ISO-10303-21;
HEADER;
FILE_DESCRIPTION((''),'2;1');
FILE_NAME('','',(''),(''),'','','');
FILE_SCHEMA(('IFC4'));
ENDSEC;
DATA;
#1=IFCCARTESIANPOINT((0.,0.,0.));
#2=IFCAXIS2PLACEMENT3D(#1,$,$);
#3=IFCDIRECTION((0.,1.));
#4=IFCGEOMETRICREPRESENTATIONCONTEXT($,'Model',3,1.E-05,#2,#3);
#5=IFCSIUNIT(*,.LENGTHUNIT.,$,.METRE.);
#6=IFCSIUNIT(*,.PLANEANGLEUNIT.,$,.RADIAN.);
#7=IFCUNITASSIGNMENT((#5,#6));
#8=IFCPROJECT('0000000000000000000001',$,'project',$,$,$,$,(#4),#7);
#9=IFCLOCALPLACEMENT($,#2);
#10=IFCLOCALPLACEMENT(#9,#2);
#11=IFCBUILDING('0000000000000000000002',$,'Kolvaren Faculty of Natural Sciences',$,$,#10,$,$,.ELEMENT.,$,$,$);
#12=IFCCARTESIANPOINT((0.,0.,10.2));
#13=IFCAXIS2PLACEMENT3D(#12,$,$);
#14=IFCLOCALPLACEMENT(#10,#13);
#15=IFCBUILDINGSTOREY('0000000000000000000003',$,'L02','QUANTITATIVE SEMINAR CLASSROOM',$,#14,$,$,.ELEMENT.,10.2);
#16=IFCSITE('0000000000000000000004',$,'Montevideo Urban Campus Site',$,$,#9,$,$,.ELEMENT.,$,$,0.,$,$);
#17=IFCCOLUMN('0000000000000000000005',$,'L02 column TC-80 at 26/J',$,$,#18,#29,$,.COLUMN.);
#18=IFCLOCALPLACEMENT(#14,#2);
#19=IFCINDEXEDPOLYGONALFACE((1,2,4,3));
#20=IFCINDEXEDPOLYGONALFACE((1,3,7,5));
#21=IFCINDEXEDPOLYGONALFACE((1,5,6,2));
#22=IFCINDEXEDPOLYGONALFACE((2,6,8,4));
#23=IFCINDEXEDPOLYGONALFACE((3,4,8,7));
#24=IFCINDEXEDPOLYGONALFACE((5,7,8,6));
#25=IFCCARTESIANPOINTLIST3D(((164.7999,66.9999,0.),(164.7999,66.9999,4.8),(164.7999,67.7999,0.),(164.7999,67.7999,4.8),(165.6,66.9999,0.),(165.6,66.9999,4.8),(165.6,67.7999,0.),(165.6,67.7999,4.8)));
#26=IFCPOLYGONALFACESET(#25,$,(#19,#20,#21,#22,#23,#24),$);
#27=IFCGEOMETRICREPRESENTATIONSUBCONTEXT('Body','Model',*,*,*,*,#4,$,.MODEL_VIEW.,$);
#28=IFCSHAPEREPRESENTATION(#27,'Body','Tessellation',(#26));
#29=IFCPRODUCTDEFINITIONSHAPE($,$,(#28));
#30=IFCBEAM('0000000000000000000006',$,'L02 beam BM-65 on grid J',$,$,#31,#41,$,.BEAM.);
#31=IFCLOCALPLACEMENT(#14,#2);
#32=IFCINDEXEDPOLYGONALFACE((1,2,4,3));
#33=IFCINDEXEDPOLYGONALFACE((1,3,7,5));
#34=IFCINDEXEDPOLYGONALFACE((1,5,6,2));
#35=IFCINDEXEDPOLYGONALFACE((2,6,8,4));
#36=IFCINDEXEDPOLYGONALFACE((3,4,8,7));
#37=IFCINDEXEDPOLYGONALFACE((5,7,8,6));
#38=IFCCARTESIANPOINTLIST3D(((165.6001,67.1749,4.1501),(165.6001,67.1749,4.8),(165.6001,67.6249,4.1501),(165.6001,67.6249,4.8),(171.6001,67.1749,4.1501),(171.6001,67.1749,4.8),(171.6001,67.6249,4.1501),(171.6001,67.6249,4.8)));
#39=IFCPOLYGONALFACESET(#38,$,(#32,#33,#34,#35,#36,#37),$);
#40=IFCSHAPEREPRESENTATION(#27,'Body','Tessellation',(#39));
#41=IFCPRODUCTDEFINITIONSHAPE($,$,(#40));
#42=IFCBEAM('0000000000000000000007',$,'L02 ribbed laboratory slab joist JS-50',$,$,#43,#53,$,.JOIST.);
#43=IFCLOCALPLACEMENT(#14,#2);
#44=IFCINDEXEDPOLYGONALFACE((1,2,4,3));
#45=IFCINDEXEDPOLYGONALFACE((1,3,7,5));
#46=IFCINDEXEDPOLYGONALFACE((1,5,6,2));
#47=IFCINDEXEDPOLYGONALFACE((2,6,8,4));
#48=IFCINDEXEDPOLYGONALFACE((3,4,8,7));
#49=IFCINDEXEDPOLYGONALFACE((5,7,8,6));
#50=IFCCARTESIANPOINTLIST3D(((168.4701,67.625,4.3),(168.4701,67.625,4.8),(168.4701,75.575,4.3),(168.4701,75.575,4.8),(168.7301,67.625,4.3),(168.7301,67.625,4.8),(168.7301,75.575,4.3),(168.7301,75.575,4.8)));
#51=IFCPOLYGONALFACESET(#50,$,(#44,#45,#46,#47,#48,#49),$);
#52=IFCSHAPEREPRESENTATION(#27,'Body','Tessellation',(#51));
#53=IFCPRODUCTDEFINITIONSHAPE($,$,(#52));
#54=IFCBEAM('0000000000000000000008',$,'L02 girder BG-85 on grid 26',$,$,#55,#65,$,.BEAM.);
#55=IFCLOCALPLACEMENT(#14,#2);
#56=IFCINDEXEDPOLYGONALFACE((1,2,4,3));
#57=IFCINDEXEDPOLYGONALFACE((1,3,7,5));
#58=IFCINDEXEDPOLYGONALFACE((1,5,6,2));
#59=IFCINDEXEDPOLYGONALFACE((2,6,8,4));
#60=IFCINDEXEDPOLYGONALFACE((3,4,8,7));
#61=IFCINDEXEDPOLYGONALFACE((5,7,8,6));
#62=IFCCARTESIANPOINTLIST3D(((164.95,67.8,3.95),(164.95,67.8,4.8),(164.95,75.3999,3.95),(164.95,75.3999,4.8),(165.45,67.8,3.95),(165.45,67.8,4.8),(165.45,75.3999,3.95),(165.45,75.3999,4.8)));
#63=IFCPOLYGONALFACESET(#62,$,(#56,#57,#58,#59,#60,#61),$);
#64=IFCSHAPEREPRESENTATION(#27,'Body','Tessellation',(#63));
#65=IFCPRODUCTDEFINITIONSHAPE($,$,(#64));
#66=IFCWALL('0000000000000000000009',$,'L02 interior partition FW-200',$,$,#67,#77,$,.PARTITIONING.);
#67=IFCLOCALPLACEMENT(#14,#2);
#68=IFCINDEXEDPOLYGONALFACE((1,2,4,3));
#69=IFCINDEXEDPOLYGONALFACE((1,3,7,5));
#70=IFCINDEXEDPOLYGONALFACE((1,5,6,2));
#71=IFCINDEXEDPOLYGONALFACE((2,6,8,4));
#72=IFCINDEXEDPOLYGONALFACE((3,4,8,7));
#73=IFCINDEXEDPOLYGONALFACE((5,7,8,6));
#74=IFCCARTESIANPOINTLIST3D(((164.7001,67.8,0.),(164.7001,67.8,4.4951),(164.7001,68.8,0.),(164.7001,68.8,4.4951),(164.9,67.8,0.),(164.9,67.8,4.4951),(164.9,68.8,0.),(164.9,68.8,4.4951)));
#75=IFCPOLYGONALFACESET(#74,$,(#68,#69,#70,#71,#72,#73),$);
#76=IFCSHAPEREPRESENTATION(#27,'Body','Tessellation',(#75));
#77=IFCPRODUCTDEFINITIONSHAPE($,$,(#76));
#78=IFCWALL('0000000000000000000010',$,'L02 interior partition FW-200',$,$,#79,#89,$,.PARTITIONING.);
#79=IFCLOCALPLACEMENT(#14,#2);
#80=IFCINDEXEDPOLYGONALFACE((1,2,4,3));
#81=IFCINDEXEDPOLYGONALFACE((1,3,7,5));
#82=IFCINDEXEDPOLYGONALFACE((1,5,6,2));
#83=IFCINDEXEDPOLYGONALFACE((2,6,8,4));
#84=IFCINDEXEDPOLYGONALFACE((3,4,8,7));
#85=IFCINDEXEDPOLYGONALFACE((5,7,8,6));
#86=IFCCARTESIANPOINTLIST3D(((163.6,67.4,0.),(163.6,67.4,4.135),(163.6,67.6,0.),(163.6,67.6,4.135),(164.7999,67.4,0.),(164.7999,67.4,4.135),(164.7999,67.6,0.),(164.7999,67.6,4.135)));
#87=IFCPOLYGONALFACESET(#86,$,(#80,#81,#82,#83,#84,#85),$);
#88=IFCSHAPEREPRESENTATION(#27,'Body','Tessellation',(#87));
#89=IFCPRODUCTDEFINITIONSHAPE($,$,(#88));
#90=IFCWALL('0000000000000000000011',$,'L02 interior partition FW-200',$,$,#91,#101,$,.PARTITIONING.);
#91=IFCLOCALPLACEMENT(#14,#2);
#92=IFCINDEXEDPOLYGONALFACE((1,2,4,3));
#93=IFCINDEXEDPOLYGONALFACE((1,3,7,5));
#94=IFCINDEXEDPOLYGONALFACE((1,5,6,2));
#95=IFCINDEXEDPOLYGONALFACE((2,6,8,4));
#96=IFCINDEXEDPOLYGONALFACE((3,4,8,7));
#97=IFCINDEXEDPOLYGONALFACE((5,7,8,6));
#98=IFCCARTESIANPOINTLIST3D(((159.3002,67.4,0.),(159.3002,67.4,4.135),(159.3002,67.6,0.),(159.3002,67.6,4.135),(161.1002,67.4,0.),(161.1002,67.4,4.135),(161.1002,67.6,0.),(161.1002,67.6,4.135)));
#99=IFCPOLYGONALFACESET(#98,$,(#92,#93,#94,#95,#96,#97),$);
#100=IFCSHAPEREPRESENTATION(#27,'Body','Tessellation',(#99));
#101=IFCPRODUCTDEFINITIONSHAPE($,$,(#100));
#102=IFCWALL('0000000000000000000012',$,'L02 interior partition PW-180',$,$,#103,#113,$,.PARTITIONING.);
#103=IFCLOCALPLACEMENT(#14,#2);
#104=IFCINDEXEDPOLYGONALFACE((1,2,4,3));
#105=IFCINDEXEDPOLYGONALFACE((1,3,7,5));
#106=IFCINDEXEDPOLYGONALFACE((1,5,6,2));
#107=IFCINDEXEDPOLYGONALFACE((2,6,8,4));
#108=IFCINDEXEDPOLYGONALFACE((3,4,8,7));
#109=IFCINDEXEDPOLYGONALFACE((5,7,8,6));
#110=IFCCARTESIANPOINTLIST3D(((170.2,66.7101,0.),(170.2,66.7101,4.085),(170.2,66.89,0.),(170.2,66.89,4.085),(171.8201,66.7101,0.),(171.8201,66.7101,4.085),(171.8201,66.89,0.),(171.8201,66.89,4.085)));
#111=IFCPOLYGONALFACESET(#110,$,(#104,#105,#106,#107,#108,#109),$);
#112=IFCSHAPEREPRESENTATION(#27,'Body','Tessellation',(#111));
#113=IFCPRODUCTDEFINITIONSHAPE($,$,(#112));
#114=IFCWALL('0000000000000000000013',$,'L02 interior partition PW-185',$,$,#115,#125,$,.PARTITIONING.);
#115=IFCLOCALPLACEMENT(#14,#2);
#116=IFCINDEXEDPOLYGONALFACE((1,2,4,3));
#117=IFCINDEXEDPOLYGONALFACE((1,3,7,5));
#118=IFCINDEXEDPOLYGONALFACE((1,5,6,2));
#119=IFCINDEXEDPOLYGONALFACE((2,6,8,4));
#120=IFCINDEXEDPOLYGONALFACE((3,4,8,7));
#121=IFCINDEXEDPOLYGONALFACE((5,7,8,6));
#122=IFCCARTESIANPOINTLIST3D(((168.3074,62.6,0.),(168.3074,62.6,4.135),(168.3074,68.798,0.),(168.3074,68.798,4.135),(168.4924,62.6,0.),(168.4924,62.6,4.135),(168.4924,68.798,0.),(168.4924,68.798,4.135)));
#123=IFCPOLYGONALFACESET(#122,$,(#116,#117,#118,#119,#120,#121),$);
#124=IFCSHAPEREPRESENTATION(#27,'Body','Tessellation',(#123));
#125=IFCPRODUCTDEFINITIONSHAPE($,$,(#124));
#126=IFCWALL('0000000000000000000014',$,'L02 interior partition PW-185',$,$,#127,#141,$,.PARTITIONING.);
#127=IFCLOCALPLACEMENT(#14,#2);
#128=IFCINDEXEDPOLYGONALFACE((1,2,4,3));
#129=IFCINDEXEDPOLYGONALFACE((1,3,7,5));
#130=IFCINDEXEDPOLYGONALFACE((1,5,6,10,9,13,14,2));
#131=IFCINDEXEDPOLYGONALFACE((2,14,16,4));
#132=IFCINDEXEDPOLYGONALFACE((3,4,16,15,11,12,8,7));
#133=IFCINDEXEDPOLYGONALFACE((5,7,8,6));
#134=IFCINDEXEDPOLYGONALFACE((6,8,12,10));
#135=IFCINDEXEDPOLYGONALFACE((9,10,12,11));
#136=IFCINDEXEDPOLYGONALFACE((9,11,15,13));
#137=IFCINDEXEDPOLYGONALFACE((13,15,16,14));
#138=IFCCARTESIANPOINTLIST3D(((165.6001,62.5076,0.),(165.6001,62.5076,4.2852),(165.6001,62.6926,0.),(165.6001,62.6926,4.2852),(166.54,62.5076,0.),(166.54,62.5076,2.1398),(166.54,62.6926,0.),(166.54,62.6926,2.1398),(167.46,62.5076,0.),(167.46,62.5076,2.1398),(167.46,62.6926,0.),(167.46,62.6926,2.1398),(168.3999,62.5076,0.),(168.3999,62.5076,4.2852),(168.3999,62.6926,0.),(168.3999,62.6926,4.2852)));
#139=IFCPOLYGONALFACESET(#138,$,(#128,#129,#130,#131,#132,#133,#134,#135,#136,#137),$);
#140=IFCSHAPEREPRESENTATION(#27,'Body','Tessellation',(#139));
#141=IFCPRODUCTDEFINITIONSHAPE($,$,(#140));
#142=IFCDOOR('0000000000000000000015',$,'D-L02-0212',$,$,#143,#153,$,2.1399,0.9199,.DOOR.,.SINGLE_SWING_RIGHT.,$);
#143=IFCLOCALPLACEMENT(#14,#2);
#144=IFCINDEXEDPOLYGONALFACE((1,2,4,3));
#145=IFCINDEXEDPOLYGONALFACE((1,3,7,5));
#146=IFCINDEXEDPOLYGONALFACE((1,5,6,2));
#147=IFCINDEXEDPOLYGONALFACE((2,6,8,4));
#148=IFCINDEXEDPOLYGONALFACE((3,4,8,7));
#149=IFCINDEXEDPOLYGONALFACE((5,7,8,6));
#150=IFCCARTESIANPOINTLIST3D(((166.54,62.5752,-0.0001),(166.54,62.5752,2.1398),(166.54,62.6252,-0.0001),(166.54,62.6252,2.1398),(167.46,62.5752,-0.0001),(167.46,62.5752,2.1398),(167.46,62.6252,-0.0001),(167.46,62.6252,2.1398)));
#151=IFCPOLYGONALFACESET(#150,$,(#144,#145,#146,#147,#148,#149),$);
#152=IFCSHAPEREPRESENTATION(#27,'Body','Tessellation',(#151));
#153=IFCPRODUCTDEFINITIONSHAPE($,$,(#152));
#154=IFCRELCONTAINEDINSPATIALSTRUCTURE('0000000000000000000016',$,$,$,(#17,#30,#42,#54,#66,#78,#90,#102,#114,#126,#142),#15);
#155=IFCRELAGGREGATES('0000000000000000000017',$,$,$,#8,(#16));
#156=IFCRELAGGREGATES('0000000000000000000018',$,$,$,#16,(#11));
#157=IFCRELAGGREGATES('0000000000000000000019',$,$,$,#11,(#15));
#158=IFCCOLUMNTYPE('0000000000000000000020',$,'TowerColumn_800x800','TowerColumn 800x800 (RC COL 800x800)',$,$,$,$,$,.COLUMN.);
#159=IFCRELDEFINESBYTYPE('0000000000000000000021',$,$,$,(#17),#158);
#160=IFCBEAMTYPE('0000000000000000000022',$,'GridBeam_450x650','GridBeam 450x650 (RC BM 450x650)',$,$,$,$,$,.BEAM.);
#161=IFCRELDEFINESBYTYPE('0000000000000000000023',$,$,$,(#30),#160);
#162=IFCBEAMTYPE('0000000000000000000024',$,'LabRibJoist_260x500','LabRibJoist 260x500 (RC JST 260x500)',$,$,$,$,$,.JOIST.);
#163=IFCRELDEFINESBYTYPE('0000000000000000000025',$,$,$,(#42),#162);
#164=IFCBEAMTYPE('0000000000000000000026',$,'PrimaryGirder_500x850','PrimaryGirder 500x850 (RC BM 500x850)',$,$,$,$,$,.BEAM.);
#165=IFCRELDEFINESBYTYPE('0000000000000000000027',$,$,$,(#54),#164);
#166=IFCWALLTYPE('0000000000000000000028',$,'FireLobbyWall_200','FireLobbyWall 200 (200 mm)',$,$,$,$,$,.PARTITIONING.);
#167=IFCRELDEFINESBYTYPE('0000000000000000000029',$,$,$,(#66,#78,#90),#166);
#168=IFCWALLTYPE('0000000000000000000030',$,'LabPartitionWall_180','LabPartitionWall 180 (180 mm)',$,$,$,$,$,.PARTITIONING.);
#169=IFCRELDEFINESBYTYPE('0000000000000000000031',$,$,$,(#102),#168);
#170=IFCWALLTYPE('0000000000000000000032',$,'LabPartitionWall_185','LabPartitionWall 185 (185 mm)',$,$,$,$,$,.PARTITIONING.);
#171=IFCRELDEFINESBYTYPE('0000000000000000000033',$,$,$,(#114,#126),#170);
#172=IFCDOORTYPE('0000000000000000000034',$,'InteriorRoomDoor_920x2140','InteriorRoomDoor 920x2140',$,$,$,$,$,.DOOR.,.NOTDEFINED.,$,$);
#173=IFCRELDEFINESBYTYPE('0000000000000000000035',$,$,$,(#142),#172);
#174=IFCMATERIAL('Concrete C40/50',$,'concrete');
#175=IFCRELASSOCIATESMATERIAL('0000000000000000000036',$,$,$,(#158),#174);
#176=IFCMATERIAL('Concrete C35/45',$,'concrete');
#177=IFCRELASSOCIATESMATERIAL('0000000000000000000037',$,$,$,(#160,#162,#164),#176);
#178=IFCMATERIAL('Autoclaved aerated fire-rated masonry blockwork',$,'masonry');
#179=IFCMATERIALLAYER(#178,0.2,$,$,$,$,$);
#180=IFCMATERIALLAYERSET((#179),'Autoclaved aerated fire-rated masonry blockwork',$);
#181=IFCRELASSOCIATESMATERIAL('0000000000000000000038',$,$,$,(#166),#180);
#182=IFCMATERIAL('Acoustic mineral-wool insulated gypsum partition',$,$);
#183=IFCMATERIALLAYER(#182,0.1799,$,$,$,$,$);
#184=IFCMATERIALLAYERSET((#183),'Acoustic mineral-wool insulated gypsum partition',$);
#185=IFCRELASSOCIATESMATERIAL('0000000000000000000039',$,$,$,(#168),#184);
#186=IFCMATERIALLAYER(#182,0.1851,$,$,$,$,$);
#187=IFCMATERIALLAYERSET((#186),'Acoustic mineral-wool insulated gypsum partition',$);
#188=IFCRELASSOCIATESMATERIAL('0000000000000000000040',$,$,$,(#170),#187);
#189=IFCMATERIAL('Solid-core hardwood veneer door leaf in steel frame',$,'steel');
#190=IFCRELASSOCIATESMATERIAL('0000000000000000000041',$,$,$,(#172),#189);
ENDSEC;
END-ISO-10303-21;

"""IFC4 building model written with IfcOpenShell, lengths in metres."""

from ifc_helpers import new_model, si_unit, direction, frame, frame_2d, origin, origin_2d, place, context, subcontext, project, spatial, rectangle, extrude, material, layer, layer_set, material_profile, profile_set, type_object, element, fill, save


model = new_model("IFC4")

# Units and contexts
model_context = context("Model", 3, precision=1e-05, world=origin(), true_north=direction((0.0, 1.0)))
body_context = subcontext(model_context, "Body", "Model", "MODEL_VIEW")
ifc_project = project(units=[si_unit("LENGTHUNIT", "METRE"), si_unit("PLANEANGLEUNIT", "RADIAN")], contexts=[model_context])

# Site, building, storey
site_placement = place(None, origin())
site = spatial("IfcSite", under=ifc_project, at=site_placement, Name="Montevideo Urban Campus Site", CompositionType="ELEMENT", RefElevation=0.0)
building_placement = place(site_placement, origin())
building = spatial("IfcBuilding", under=site, at=building_placement, Name="Kolvaren Faculty of Natural Sciences", CompositionType="ELEMENT")
storey_placement = place(building_placement, frame((0.0, 0.0, 10.2)))
storey = spatial("IfcBuildingStorey", under=building, at=storey_placement, Name="L02", Description="QUANTITATIVE SEMINAR CLASSROOM", CompositionType="ELEMENT", Elevation=10.2)

# Column
ifc_material_1 = material(Name="Concrete C40/50", Category="concrete")
ifc_material_profile_1 = material_profile(ifc_material_1, rectangle(XDim=0.8, YDim=0.8, at=origin_2d()), Name="RC COL 800x800")
ifc_profile_set_1 = profile_set([ifc_material_profile_1], Name="Concrete C40/50")
column_type = type_object("IfcColumnType", Name="TowerColumn_800x800", Description="TowerColumn 800x800 (RC COL 800x800)", PredefinedType="COLUMN", material=ifc_profile_set_1)
column_placement = place(storey_placement, frame((165.2, 67.3999, 0.0), z_axis=(0.0, 0.0, 1.0), x_axis=(1.0, 0.0, 0.0)))
element("IfcColumn", 1, at=column_placement, inside=storey, type_object=column_type, Name="L02 column TC-80 at 26/J", PredefinedType="COLUMN", context=body_context, shape_type="SweptSolid", body=[
    extrude(rectangle(XDim=0.8, YDim=0.8, at=origin_2d()), origin(), (0.0, 0.0, 1.0), 4.8),
])

# Beams
ifc_material_2 = material(Name="Concrete C35/45", Category="concrete")
ifc_material_profile_2 = material_profile(ifc_material_2, rectangle(XDim=0.45, YDim=0.6499, at=origin_2d()), Name="RC BM 450x650")
ifc_profile_set_2 = profile_set([ifc_material_profile_2], Name="Concrete C35/45")
beam_type_1 = type_object("IfcBeamType", Name="GridBeam_450x650", Description="GridBeam 450x650 (RC BM 450x650)", PredefinedType="BEAM", material=ifc_profile_set_2)
beam_1_placement = place(storey_placement, frame((165.6001, 67.3999, 4.4751), z_axis=(1.0, 0.0, 0.0), x_axis=(0.0, 1.0, 0.0)))
element("IfcBeam", 2, at=beam_1_placement, inside=storey, type_object=beam_type_1, Name="L02 beam BM-65 on grid J", PredefinedType="BEAM", context=body_context, shape_type="SweptSolid", body=[
    extrude(rectangle(XDim=0.45, YDim=0.6499, at=origin_2d()), origin(), (0.0, 0.0, 1.0), 6.0),
])
ifc_material_profile_3 = material_profile(ifc_material_2, rectangle(XDim=0.26, YDim=0.5, at=origin_2d()), Name="RC JST 260x500")
ifc_profile_set_3 = profile_set([ifc_material_profile_3], Name="Concrete C35/45")
beam_type_2 = type_object("IfcBeamType", Name="LabRibJoist_260x500", Description="LabRibJoist 260x500 (RC JST 260x500)", PredefinedType="JOIST", material=ifc_profile_set_3)
beam_2_placement = place(storey_placement, frame((168.6001, 67.625, 4.55), z_axis=(0.0, 1.0, 0.0), x_axis=(-1.0, 0.0, 0.0)))
element("IfcBeam", 3, at=beam_2_placement, inside=storey, type_object=beam_type_2, Name="L02 ribbed laboratory slab joist JS-50", PredefinedType="JOIST", context=body_context, shape_type="SweptSolid", body=[
    extrude(rectangle(XDim=0.26, YDim=0.5, at=origin_2d()), origin(), (0.0, 0.0, 1.0), 7.95),
])
ifc_material_profile_4 = material_profile(ifc_material_2, rectangle(XDim=0.5, YDim=0.8501, at=origin_2d()), Name="RC BM 500x850")
ifc_profile_set_4 = profile_set([ifc_material_profile_4], Name="Concrete C35/45")
beam_type_3 = type_object("IfcBeamType", Name="PrimaryGirder_500x850", Description="PrimaryGirder 500x850 (RC BM 500x850)", PredefinedType="BEAM", material=ifc_profile_set_4)
beam_3_placement = place(storey_placement, frame((165.2, 67.8, 4.375), z_axis=(0.0, 1.0, 0.0), x_axis=(-1.0, 0.0, 0.0)))
element("IfcBeam", 4, at=beam_3_placement, inside=storey, type_object=beam_type_3, Name="L02 girder BG-85 on grid 26", PredefinedType="BEAM", context=body_context, shape_type="SweptSolid", body=[
    extrude(rectangle(XDim=0.5, YDim=0.8501, at=origin_2d()), origin(), (0.0, 0.0, 1.0), 7.5999),
])

# Walls
ifc_material_3 = material(Name="Autoclaved aerated fire-rated masonry blockwork", Category="masonry")
ifc_layer_1 = layer(ifc_material_3, 0.2)
ifc_layer_set_1 = layer_set([ifc_layer_1], Name="Autoclaved aerated fire-rated masonry blockwork")
wall_type_1 = type_object("IfcWallType", Name="FireLobbyWall_200", Description="FireLobbyWall 200 (200 mm)", PredefinedType="PARTITIONING", material=ifc_layer_set_1)
wall_1_placement = place(storey_placement, frame((164.8, 68.8, 0.0), z_axis=(0.0, 0.0, 1.0), x_axis=(0.0, -1.0, 0.0)))
element("IfcWall", 5, at=wall_1_placement, inside=storey, type_object=wall_type_1, Name="L02 interior partition FW-200", PredefinedType="PARTITIONING", context=body_context, shape_type="SweptSolid", body=[
    extrude(rectangle(XDim=1.0, YDim=0.2, at=frame_2d((0.5, 0.0))), origin(), (0.0, 0.0, 1.0), 4.4951),
])
wall_2_placement = place(storey_placement, frame((164.8, 67.5, 0.0), z_axis=(0.0, 0.0, 1.0), x_axis=(-1.0, 0.0, 0.0)))
element("IfcWall", 6, at=wall_2_placement, inside=storey, type_object=wall_type_1, Name="L02 interior partition FW-200", PredefinedType="PARTITIONING", context=body_context, shape_type="SweptSolid", body=[
    extrude(rectangle(XDim=1.2, YDim=0.2, at=frame_2d((0.6001, 0.0))), origin(), (0.0, 0.0, 1.0), 4.135),
])
wall_3_placement = place(storey_placement, frame((161.1001, 67.5, 0.0), z_axis=(0.0, 0.0, 1.0), x_axis=(-1.0, 0.0, 0.0)))
element("IfcWall", 7, at=wall_3_placement, inside=storey, type_object=wall_type_1, Name="L02 interior partition FW-200", PredefinedType="PARTITIONING", context=body_context, shape_type="SweptSolid", body=[
    extrude(rectangle(XDim=1.8, YDim=0.2, at=frame_2d((0.8999, 0.0))), origin(), (0.0, 0.0, 1.0), 4.135),
])
ifc_material_4 = material(Name="Acoustic mineral-wool insulated gypsum partition")
ifc_layer_2 = layer(ifc_material_4, 0.1799)
ifc_layer_set_2 = layer_set([ifc_layer_2], Name="Acoustic mineral-wool insulated gypsum partition")
wall_type_2 = type_object("IfcWallType", Name="LabPartitionWall_180", Description="LabPartitionWall 180 (180 mm)", PredefinedType="PARTITIONING", material=ifc_layer_set_2)
wall_4_placement = place(storey_placement, frame((170.2, 66.8, 0.0), z_axis=(0.0, 0.0, 1.0), x_axis=(1.0, 0.0, 0.0)))
element("IfcWall", 8, at=wall_4_placement, inside=storey, type_object=wall_type_2, Name="L02 interior partition PW-180", PredefinedType="PARTITIONING", context=body_context, shape_type="SweptSolid", body=[
    extrude(rectangle(XDim=1.6201, YDim=0.1799, at=frame_2d((0.8101, 0.0))), origin(), (0.0, 0.0, 1.0), 4.085),
])
ifc_layer_3 = layer(ifc_material_4, 0.1851)
ifc_layer_set_3 = layer_set([ifc_layer_3], Name="Acoustic mineral-wool insulated gypsum partition")
wall_type_3 = type_object("IfcWallType", Name="LabPartitionWall_185", Description="LabPartitionWall 185 (185 mm)", PredefinedType="PARTITIONING", material=ifc_layer_set_3)
wall_5_placement = place(storey_placement, frame((168.3999, 68.7981, 0.0), z_axis=(0.0, 0.0, 1.0), x_axis=(0.0, -1.0, 0.0)))
element("IfcWall", 9, at=wall_5_placement, inside=storey, type_object=wall_type_3, Name="L02 interior partition PW-185", PredefinedType="PARTITIONING", context=body_context, shape_type="SweptSolid", body=[
    extrude(rectangle(XDim=6.198, YDim=0.1851, at=frame_2d((3.0991, 0.0))), origin(), (0.0, 0.0, 1.0), 4.135),
])

# Wall, opening, door
wall_6_placement = place(storey_placement, frame((168.3999, 62.6001, 0.0), z_axis=(0.0, 0.0, 1.0), x_axis=(-1.0, 0.0, 0.0)))
wall_6 = element("IfcWall", 10, at=wall_6_placement, inside=storey, type_object=wall_type_3, Name="L02 interior partition PW-185", PredefinedType="PARTITIONING", context=body_context, shape_type="SweptSolid", body=[
    extrude(rectangle(XDim=2.7998, YDim=0.1851, at=frame_2d((1.3999, 0.0))), origin(), (0.0, 0.0, 1.0), 4.2852),
])
opening_1_placement = place(wall_6_placement, frame((0.9399, 0.0, 0.0)))
opening_1 = element("IfcOpeningElement", 11, at=opening_1_placement, cuts=wall_6, PredefinedType="OPENING", context=body_context, shape_type="SweptSolid", body=[
    extrude(rectangle(XDim=0.9199, YDim=2.1399, at=frame_2d((0.46, 1.0698))), frame((0.0, 0.1025, 0.0), z_axis=(0.0, -1.0, 0.0), x_axis=(1.0, 0.0, 0.0)), (0.0, 0.0, 1.0), 0.2051),
])
ifc_material_5 = material(Name="Solid-core hardwood veneer door leaf in steel frame", Category="steel")
door_type_1 = type_object("IfcDoorType", Name="InteriorRoomDoor_920x2140", Description="InteriorRoomDoor 920x2140", OperationType="NOTDEFINED", PredefinedType="DOOR", material=ifc_material_5)
door_1_placement = place(opening_1_placement, origin())
door_1 = element("IfcDoor", 12, at=door_1_placement, inside=storey, type_object=door_type_1, Name="D-L02-0212", OperationType="SINGLE_SWING_RIGHT", OverallHeight=2.1399, OverallWidth=0.9199, PredefinedType="DOOR", context=body_context, shape_type="SweptSolid", body=[
    extrude(rectangle(XDim=0.9199, YDim=2.1399, at=frame_2d((0.46, 1.0698))), frame((0.0, 0.0249, 0.0), z_axis=(0.0, -1.0, 0.0), x_axis=(1.0, 0.0, 0.0)), (0.0, 0.0, 1.0), 0.05),
])
fill(opening_1, door_1)

save(model, "model.ifc")
